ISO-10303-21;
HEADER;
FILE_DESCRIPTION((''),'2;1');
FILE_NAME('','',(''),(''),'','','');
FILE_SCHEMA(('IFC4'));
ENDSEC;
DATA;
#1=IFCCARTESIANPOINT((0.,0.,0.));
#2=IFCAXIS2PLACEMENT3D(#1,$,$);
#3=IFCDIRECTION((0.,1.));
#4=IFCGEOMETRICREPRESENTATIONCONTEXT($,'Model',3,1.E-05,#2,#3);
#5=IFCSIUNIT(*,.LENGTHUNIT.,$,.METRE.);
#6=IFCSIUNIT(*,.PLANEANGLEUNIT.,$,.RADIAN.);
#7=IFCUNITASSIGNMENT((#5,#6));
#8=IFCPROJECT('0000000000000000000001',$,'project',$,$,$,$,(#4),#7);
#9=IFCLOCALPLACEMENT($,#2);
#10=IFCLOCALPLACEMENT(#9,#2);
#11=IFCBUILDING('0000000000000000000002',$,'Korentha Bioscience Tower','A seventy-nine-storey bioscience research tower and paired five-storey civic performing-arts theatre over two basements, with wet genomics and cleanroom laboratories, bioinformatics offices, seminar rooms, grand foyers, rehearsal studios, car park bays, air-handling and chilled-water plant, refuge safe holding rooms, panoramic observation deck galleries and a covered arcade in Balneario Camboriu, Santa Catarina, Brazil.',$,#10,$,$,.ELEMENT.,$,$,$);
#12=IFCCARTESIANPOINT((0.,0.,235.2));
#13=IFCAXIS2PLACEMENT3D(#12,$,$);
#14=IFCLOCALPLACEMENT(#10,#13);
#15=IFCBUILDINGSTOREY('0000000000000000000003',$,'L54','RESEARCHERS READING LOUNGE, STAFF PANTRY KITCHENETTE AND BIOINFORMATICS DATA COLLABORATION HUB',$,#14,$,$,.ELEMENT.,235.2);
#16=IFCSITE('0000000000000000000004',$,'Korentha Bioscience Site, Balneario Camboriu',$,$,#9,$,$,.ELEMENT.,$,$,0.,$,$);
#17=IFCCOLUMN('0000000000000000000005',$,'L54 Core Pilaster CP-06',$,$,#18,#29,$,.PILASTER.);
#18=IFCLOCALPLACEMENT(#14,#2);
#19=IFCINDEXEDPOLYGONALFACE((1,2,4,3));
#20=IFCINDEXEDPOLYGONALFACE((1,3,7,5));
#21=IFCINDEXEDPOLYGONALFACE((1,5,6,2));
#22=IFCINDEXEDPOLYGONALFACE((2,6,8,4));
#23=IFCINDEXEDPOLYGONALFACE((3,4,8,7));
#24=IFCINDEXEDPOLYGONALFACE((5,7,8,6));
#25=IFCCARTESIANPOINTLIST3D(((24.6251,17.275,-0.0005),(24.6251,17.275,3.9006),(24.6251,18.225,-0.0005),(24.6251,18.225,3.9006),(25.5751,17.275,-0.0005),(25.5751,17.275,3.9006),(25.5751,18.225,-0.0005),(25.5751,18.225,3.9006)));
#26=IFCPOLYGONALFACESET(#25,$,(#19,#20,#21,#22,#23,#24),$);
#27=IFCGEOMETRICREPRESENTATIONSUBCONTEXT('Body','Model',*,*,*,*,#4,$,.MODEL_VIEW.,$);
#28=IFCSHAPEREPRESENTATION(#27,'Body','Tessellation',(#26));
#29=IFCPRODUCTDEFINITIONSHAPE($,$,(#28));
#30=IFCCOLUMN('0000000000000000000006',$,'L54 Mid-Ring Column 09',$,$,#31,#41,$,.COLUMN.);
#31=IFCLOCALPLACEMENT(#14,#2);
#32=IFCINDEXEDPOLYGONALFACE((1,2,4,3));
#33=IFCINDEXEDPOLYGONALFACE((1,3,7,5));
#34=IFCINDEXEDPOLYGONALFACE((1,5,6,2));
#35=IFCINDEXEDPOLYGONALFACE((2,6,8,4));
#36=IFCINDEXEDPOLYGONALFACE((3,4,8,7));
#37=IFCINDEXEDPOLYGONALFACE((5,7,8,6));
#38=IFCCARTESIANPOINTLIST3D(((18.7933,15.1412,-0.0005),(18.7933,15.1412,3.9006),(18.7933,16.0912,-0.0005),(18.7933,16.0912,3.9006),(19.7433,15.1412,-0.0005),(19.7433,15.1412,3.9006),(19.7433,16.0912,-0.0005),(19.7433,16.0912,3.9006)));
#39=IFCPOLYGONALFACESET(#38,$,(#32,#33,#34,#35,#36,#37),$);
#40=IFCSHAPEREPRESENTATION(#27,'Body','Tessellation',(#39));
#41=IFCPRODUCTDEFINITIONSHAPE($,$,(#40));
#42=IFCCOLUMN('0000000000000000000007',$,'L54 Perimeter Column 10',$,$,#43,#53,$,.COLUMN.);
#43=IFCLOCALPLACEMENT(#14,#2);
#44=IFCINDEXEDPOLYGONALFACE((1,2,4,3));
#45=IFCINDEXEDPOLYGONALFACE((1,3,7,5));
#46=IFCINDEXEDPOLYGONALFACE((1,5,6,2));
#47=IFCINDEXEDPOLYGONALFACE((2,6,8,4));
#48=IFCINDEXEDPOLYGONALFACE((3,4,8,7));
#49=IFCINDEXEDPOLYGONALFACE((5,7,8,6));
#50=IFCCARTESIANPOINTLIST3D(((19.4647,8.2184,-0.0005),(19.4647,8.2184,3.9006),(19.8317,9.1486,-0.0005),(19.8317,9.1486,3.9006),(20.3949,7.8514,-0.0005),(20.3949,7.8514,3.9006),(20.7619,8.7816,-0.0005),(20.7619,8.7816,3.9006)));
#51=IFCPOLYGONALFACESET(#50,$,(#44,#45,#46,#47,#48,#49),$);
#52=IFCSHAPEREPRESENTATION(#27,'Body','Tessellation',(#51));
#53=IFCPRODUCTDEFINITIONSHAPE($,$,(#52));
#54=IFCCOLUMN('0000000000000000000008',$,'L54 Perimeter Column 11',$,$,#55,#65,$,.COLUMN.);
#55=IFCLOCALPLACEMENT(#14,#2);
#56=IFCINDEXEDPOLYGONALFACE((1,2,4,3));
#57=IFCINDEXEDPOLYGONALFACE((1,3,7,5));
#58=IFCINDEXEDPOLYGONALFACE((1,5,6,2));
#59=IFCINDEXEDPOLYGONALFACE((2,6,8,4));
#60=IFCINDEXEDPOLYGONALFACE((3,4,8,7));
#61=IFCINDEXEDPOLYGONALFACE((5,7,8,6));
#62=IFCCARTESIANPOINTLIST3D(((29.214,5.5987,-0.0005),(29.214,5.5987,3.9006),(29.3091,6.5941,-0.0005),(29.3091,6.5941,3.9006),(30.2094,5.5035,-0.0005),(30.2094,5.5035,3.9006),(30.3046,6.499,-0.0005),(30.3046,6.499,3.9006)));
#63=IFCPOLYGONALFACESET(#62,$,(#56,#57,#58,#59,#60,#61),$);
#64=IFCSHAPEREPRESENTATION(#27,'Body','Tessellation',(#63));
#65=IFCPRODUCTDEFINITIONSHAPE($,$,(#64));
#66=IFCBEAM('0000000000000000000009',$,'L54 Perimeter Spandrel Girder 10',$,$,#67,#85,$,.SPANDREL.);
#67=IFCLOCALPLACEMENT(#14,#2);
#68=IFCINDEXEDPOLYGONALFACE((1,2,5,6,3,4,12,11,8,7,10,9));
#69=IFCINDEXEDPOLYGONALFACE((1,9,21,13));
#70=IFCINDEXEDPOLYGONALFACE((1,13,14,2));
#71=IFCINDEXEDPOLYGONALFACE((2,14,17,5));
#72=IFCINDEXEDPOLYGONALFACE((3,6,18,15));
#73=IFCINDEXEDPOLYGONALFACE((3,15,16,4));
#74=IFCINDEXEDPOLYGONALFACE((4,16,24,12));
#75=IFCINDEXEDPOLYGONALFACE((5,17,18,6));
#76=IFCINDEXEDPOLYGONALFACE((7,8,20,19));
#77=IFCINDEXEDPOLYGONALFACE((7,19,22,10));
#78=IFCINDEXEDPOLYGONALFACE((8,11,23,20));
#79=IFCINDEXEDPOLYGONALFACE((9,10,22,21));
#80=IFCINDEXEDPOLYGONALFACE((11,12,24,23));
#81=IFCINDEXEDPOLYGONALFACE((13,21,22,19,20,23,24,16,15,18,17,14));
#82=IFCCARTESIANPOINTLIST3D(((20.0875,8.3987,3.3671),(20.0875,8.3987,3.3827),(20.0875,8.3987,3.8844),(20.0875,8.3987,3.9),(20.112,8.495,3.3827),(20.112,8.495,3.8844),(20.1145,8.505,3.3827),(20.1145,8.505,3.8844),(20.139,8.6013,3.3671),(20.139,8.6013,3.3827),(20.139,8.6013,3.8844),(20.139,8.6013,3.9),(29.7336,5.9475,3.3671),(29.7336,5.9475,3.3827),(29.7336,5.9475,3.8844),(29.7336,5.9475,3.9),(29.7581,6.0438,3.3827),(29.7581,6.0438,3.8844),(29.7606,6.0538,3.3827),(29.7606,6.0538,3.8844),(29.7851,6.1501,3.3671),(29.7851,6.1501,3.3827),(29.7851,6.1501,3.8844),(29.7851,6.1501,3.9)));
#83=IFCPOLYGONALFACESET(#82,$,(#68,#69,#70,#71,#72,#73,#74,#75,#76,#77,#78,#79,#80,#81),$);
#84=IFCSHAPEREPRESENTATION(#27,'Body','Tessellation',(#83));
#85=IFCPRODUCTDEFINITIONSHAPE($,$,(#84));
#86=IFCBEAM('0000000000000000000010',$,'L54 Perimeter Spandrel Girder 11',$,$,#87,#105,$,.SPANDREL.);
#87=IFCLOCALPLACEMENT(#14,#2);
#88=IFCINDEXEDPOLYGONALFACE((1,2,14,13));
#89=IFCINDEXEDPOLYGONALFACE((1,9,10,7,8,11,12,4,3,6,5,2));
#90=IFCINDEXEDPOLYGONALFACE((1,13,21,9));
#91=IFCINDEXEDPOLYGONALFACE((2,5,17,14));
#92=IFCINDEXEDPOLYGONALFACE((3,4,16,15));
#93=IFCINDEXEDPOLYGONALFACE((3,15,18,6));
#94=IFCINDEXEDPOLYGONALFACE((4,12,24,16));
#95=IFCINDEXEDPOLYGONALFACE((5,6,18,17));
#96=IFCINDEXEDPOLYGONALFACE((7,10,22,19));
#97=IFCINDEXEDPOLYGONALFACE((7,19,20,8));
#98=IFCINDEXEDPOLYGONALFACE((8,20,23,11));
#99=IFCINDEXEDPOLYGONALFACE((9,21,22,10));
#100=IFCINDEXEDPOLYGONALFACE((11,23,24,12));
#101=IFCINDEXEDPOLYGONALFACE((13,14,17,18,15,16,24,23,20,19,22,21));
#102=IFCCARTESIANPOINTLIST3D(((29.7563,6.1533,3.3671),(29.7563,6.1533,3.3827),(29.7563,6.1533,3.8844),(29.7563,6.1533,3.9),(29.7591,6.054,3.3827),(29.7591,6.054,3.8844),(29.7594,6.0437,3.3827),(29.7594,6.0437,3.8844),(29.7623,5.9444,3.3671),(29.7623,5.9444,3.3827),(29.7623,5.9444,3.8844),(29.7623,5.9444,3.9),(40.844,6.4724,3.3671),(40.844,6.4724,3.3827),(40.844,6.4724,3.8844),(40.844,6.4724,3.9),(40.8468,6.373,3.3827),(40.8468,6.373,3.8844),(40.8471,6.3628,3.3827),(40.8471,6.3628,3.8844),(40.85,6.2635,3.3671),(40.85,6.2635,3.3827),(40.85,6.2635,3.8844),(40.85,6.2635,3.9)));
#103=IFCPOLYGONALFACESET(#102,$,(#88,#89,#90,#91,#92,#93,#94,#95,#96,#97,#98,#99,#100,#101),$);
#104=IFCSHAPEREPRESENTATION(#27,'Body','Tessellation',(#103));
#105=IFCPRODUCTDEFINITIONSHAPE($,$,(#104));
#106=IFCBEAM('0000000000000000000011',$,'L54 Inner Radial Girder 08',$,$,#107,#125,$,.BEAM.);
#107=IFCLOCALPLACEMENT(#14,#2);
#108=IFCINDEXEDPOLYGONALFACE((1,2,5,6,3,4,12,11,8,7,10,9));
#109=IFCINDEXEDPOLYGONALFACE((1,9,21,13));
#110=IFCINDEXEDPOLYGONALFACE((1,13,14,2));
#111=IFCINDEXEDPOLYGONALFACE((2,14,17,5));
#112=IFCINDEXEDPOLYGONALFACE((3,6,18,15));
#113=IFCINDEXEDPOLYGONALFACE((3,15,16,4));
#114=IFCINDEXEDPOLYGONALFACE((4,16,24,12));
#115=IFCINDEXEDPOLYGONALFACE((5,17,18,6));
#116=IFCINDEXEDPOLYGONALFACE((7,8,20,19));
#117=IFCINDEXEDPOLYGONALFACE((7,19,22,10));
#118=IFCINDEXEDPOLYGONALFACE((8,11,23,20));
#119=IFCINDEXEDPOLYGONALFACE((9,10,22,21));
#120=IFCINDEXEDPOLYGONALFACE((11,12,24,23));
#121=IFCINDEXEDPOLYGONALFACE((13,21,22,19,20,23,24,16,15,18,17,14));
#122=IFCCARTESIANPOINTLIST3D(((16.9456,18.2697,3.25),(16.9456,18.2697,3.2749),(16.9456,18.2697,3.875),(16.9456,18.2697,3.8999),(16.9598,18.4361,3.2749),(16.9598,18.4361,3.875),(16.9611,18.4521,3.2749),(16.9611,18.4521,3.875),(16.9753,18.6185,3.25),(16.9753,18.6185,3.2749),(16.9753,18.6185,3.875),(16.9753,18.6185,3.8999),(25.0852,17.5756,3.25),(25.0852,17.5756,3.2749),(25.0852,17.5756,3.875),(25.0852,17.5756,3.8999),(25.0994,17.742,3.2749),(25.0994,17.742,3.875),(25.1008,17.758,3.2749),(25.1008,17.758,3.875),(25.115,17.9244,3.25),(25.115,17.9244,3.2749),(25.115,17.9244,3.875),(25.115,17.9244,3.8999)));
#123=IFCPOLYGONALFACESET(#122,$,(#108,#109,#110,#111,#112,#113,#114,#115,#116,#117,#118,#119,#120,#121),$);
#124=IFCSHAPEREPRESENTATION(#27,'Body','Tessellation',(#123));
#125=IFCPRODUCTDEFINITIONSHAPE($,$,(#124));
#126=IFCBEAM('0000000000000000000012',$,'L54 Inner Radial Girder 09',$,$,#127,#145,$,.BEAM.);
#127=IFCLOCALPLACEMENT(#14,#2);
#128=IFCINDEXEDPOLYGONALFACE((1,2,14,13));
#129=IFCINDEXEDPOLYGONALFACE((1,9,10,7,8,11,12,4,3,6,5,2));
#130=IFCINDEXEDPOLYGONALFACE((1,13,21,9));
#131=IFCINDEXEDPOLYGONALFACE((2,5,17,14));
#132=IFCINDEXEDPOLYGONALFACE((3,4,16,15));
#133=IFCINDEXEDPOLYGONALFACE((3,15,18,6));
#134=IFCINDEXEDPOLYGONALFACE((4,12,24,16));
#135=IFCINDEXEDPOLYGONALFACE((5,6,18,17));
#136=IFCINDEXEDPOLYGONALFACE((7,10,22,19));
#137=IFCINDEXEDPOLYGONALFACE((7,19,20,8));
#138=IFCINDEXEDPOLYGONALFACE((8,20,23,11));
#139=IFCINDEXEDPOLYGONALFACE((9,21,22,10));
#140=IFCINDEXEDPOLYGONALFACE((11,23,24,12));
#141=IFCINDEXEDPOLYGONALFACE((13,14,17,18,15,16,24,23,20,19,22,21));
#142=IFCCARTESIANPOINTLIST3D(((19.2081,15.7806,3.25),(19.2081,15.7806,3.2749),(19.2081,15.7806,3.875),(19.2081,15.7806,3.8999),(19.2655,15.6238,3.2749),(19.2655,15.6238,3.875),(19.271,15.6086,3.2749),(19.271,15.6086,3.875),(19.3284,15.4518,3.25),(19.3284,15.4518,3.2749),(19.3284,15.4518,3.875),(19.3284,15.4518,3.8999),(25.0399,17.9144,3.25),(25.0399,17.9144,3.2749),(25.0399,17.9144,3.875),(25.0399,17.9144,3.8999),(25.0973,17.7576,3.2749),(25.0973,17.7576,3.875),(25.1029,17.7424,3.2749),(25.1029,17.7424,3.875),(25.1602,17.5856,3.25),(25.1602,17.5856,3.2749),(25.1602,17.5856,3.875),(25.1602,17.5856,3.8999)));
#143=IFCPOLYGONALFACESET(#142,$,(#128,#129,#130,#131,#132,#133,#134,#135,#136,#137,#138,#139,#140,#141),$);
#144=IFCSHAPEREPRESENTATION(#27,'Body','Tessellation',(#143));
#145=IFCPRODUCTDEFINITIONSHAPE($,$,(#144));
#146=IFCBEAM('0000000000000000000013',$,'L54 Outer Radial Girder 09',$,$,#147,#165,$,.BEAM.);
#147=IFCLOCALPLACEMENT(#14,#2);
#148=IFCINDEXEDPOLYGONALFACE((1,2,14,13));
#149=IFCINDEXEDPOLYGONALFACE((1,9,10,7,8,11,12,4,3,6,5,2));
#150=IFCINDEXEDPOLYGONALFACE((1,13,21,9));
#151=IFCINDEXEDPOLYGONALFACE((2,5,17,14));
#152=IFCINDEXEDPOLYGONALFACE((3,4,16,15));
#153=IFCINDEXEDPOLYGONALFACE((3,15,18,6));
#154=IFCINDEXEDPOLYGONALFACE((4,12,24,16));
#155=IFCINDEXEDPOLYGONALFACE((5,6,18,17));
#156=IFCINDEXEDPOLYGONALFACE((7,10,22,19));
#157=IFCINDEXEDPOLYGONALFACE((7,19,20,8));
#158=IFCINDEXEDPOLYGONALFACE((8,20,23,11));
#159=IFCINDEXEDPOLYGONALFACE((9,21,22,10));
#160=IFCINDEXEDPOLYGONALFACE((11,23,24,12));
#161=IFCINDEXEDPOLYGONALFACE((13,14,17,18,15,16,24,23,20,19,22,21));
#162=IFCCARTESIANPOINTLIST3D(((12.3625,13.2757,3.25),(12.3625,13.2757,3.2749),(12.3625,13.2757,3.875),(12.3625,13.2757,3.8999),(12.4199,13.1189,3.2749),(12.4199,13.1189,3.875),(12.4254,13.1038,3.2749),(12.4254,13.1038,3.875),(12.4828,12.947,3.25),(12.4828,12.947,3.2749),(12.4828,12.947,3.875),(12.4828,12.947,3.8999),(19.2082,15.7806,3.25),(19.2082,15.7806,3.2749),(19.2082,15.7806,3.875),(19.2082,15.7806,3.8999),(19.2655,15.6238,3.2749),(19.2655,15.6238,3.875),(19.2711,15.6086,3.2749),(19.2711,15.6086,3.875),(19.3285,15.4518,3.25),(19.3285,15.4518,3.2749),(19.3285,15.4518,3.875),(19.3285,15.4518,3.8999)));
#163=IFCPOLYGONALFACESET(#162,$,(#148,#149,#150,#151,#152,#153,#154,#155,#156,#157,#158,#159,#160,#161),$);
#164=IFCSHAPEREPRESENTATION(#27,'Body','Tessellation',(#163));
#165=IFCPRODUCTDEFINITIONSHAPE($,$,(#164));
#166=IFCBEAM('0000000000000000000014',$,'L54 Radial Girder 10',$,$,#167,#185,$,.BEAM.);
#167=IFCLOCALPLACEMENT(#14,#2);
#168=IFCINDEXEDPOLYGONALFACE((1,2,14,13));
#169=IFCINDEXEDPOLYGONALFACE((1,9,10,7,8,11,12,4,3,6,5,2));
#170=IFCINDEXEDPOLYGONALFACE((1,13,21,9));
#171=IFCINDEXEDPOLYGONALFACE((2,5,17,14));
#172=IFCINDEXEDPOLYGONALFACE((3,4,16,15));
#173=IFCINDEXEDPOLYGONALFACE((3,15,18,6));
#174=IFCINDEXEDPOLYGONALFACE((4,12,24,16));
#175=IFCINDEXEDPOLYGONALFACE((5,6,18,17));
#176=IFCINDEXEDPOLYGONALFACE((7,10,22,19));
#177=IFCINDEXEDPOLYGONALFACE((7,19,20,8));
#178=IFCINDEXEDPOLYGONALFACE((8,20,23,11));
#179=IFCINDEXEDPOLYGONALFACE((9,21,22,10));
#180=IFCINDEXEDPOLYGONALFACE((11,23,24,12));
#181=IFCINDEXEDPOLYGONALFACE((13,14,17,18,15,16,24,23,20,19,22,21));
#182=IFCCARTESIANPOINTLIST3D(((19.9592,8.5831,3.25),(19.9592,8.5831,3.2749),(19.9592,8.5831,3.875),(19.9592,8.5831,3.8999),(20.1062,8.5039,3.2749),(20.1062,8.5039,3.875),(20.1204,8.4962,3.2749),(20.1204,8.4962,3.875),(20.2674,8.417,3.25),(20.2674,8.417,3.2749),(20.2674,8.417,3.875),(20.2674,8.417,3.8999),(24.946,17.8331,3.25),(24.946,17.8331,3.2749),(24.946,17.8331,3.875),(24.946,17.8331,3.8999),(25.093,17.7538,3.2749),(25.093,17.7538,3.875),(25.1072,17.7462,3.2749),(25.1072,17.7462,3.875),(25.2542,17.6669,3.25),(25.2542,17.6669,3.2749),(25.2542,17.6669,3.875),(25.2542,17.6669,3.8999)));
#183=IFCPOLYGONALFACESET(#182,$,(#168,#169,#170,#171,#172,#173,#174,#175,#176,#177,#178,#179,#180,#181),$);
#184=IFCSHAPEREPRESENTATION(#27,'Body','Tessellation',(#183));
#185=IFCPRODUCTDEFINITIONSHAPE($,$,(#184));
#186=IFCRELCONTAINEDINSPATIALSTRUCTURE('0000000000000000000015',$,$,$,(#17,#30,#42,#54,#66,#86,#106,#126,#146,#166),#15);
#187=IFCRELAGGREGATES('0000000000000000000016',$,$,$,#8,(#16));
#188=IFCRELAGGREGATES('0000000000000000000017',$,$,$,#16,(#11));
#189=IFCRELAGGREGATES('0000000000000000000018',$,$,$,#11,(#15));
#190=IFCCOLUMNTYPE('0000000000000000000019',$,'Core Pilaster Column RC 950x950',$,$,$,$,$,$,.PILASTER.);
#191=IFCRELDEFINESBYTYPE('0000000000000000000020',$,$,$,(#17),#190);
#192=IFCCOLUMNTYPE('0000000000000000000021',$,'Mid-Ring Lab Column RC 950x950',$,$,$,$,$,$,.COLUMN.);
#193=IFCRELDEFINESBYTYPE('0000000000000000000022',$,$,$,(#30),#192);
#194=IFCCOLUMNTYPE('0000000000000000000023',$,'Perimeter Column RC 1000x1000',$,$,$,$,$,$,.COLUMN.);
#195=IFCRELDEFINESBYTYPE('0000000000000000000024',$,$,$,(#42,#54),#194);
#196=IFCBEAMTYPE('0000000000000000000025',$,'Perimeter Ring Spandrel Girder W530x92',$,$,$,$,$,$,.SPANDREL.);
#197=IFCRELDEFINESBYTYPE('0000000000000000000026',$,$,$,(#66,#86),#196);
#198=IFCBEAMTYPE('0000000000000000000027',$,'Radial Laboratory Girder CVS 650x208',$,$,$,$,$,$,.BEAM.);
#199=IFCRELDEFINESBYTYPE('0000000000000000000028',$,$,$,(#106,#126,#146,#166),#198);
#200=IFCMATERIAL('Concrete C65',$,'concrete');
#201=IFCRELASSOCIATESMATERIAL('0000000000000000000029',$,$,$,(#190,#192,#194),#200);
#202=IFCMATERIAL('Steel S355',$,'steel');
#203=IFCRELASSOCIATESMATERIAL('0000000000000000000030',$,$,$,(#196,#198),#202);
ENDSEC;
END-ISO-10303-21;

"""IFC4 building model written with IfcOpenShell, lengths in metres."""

from ifc_helpers import new_model, si_unit, direction, frame, origin, origin_2d, place, context, subcontext, project, spatial, rectangle, i_section, extrude, material, material_profile, profile_set, type_object, element, save


model = new_model("IFC4")

# Units and contexts
model_context = context("Model", 3, precision=1e-05, world=origin(), true_north=direction((0.0, 1.0)))
body_context = subcontext(model_context, "Body", "Model", "MODEL_VIEW")
ifc_project = project(units=[si_unit("LENGTHUNIT", "METRE"), si_unit("PLANEANGLEUNIT", "RADIAN")], contexts=[model_context])

# Site, building, storey
site_placement = place(None, origin())
site = spatial("IfcSite", under=ifc_project, at=site_placement, Name="Korentha Bioscience Site, Balneario Camboriu", CompositionType="ELEMENT", RefElevation=0.0)
building_placement = place(site_placement, origin())
building = spatial("IfcBuilding", under=site, at=building_placement, Name="Korentha Bioscience Tower", Description="A seventy-nine-storey bioscience research tower and paired five-storey civic performing-arts theatre over two basements, with wet genomics and cleanroom laboratories, bioinformatics offices, seminar rooms, grand foyers, rehearsal studios, car park bays, air-handling and chilled-water plant, refuge safe holding rooms, panoramic observation deck galleries and a covered arcade in Balneario Camboriu, Santa Catarina, Brazil.", CompositionType="ELEMENT")
storey_placement = place(building_placement, frame((0.0, 0.0, 235.2)))
storey = spatial("IfcBuildingStorey", under=building, at=storey_placement, Name="L54", Description="RESEARCHERS READING LOUNGE, STAFF PANTRY KITCHENETTE AND BIOINFORMATICS DATA COLLABORATION HUB", CompositionType="ELEMENT", Elevation=235.2)

# Columns
ifc_material_1 = material(Name="Concrete C65", Category="concrete")
ifc_material_profile_1 = material_profile(ifc_material_1, rectangle(XDim=0.95, YDim=0.95, at=origin_2d()), Name="Concrete C65")
ifc_profile_set_1 = profile_set([ifc_material_profile_1], Name="Concrete C65 (COL-CP09)")
column_type_1 = type_object("IfcColumnType", Name="Core Pilaster Column RC 950x950", PredefinedType="PILASTER", material=ifc_profile_set_1)
column_1_placement = place(storey_placement, frame((25.1001, 17.75, -0.0005), z_axis=(0.0, 0.0, 1.0), x_axis=(1.0, 0.0, 0.0)))
element("IfcColumn", 1, at=column_1_placement, inside=storey, type_object=column_type_1, Name="L54 Core Pilaster CP-06", PredefinedType="PILASTER", context=body_context, shape_type="SweptSolid", body=[
    extrude(rectangle(XDim=0.95, YDim=0.95, at=origin_2d()), origin(), (0.0, 0.0, 1.0), 3.9011),
])
ifc_material_profile_2 = material_profile(ifc_material_1, rectangle(XDim=0.95, YDim=0.95, at=origin_2d()), Name="Concrete C65")
ifc_profile_set_2 = profile_set([ifc_material_profile_2], Name="Concrete C65 (COL-MR09)")
column_type_2 = type_object("IfcColumnType", Name="Mid-Ring Lab Column RC 950x950", PredefinedType="COLUMN", material=ifc_profile_set_2)
column_2_placement = place(storey_placement, frame((19.2683, 15.6162, -0.0005), z_axis=(0.0, 0.0, 1.0), x_axis=(1.0, 0.0, 0.0)))
element("IfcColumn", 2, at=column_2_placement, inside=storey, type_object=column_type_2, Name="L54 Mid-Ring Column 09", PredefinedType="COLUMN", context=body_context, shape_type="SweptSolid", body=[
    extrude(rectangle(XDim=0.95, YDim=0.95, at=origin_2d()), origin(), (0.0, 0.0, 1.0), 3.9011),
])
ifc_material_profile_3 = material_profile(ifc_material_1, rectangle(XDim=1.0, YDim=1.0, at=origin_2d()), Name="Concrete C65")
ifc_profile_set_3 = profile_set([ifc_material_profile_3], Name="Concrete C65 (COL-P10)")
column_type_3 = type_object("IfcColumnType", Name="Perimeter Column RC 1000x1000", PredefinedType="COLUMN", material=ifc_profile_set_3)
for number, where, z_axis, x_axis, name in (
    (3, (20.1133, 8.5, -0.0005), (0.0, 0.0, 1.0), (-0.930226, 0.366988, 0.0), "L54 Perimeter Column 10"),
    (4, (29.7593, 6.0488, -0.0005), (0.0, 0.0, 1.0), (-0.995463, 0.095151, 0.0), "L54 Perimeter Column 11"),
):
    element("IfcColumn", number, at=place(storey_placement, frame(where, z_axis=z_axis, x_axis=x_axis)), inside=storey, type_object=column_type_3, Name=name, PredefinedType="COLUMN", context=body_context, shape_type="SweptSolid", body=[
        extrude(rectangle(XDim=1.0, YDim=1.0, at=origin_2d()), origin(), (0.0, 0.0, 1.0), 3.9011),
    ])

# Beams
ifc_material_2 = material(Name="Steel S355", Category="steel")
ifc_material_profile_4 = material_profile(ifc_material_2, i_section(OverallWidth=0.209, OverallDepth=0.533, WebThickness=0.0103, FlangeThickness=0.0156, at=origin_2d()), Name="Steel S355")
ifc_profile_set_4 = profile_set([ifc_material_profile_4], Name="Steel S355 (SB-530)")
beam_type_1 = type_object("IfcBeamType", Name="Perimeter Ring Spandrel Girder W530x92", PredefinedType="SPANDREL", material=ifc_profile_set_4)
beam_1_placement = place(storey_placement, frame((20.1133, 8.5, 3.6335), z_axis=(0.969197, -0.246286, 0.0), x_axis=(0.246286, 0.969197, 0.0)))
element("IfcBeam", 5, at=beam_1_placement, inside=storey, type_object=beam_type_1, Name="L54 Perimeter Spandrel Girder 10", PredefinedType="SPANDREL", context=body_context, shape_type="SweptSolid", body=[
    extrude(i_section(OverallWidth=0.209, OverallDepth=0.533, WebThickness=0.0103, FlangeThickness=0.0156, at=origin_2d()), origin(), (0.0, 0.0, 1.0), 9.9526),
])
beam_2_placement = place(storey_placement, frame((29.7593, 6.0488, 3.6335), z_axis=(0.999586, 0.028767, 0.0), x_axis=(-0.028767, 0.999586, 0.0)))
element("IfcBeam", 6, at=beam_2_placement, inside=storey, type_object=beam_type_1, Name="L54 Perimeter Spandrel Girder 11", PredefinedType="SPANDREL", context=body_context, shape_type="SweptSolid", body=[
    extrude(i_section(OverallWidth=0.209, OverallDepth=0.533, WebThickness=0.0103, FlangeThickness=0.0156, at=origin_2d()), origin(), (0.0, 0.0, 1.0), 11.0923),
])
ifc_material_profile_5 = material_profile(ifc_material_2, i_section(OverallWidth=0.3501, OverallDepth=0.6499, WebThickness=0.0161, FlangeThickness=0.0249, at=origin_2d()), Name="Steel S355")
ifc_profile_set_5 = profile_set([ifc_material_profile_5], Name="Steel S355 (RB-650)")
beam_type_2 = type_object("IfcBeamType", Name="Radial Laboratory Girder CVS 650x208", PredefinedType="BEAM", material=ifc_profile_set_5)
beam_3_placement = place(storey_placement, frame((25.1001, 17.75, 3.575), z_axis=(-0.996384, 0.084965, 0.0), x_axis=(-0.084965, -0.996384, 0.0)))
element("IfcBeam", 7, at=beam_3_placement, inside=storey, type_object=beam_type_2, Name="L54 Inner Radial Girder 08", PredefinedType="BEAM", context=body_context, shape_type="SweptSolid", body=[
    extrude(i_section(OverallWidth=0.3501, OverallDepth=0.6499, WebThickness=0.0161, FlangeThickness=0.0249, at=origin_2d()), origin(), (0.0, 0.0, 1.0), 8.1692),
])
beam_4_placement = place(storey_placement, frame((25.1001, 17.75, 3.575), z_axis=(-0.939112, -0.343611, 0.0), x_axis=(0.343611, -0.939112, 0.0)))
element("IfcBeam", 8, at=beam_4_placement, inside=storey, type_object=beam_type_2, Name="L54 Inner Radial Girder 09", PredefinedType="BEAM", context=body_context, shape_type="SweptSolid", body=[
    extrude(i_section(OverallWidth=0.3501, OverallDepth=0.6499, WebThickness=0.0161, FlangeThickness=0.0249, at=origin_2d()), origin(), (0.0, 0.0, 1.0), 6.21),
])
beam_5_placement = place(storey_placement, frame((19.2683, 15.6162, 3.575), z_axis=(-0.939107, -0.343625, 0.0), x_axis=(0.343625, -0.939107, 0.0)))
element("IfcBeam", 9, at=beam_5_placement, inside=storey, type_object=beam_type_2, Name="L54 Outer Radial Girder 09", PredefinedType="BEAM", context=body_context, shape_type="SweptSolid", body=[
    extrude(i_section(OverallWidth=0.3501, OverallDepth=0.6499, WebThickness=0.0161, FlangeThickness=0.0249, at=origin_2d()), origin(), (0.0, 0.0, 1.0), 7.2896),
])
beam_6_placement = place(storey_placement, frame((25.1001, 17.75, 3.575), z_axis=(-0.474546, -0.880231, 0.0), x_axis=(0.880231, -0.474546, 0.0)))
element("IfcBeam", 10, at=beam_6_placement, inside=storey, type_object=beam_type_2, Name="L54 Radial Girder 10", PredefinedType="BEAM", context=body_context, shape_type="SweptSolid", body=[
    extrude(i_section(OverallWidth=0.3501, OverallDepth=0.6499, WebThickness=0.0161, FlangeThickness=0.0249, at=origin_2d()), origin(), (0.0, 0.0, 1.0), 10.5085),
])

save(model, "model.ifc")
